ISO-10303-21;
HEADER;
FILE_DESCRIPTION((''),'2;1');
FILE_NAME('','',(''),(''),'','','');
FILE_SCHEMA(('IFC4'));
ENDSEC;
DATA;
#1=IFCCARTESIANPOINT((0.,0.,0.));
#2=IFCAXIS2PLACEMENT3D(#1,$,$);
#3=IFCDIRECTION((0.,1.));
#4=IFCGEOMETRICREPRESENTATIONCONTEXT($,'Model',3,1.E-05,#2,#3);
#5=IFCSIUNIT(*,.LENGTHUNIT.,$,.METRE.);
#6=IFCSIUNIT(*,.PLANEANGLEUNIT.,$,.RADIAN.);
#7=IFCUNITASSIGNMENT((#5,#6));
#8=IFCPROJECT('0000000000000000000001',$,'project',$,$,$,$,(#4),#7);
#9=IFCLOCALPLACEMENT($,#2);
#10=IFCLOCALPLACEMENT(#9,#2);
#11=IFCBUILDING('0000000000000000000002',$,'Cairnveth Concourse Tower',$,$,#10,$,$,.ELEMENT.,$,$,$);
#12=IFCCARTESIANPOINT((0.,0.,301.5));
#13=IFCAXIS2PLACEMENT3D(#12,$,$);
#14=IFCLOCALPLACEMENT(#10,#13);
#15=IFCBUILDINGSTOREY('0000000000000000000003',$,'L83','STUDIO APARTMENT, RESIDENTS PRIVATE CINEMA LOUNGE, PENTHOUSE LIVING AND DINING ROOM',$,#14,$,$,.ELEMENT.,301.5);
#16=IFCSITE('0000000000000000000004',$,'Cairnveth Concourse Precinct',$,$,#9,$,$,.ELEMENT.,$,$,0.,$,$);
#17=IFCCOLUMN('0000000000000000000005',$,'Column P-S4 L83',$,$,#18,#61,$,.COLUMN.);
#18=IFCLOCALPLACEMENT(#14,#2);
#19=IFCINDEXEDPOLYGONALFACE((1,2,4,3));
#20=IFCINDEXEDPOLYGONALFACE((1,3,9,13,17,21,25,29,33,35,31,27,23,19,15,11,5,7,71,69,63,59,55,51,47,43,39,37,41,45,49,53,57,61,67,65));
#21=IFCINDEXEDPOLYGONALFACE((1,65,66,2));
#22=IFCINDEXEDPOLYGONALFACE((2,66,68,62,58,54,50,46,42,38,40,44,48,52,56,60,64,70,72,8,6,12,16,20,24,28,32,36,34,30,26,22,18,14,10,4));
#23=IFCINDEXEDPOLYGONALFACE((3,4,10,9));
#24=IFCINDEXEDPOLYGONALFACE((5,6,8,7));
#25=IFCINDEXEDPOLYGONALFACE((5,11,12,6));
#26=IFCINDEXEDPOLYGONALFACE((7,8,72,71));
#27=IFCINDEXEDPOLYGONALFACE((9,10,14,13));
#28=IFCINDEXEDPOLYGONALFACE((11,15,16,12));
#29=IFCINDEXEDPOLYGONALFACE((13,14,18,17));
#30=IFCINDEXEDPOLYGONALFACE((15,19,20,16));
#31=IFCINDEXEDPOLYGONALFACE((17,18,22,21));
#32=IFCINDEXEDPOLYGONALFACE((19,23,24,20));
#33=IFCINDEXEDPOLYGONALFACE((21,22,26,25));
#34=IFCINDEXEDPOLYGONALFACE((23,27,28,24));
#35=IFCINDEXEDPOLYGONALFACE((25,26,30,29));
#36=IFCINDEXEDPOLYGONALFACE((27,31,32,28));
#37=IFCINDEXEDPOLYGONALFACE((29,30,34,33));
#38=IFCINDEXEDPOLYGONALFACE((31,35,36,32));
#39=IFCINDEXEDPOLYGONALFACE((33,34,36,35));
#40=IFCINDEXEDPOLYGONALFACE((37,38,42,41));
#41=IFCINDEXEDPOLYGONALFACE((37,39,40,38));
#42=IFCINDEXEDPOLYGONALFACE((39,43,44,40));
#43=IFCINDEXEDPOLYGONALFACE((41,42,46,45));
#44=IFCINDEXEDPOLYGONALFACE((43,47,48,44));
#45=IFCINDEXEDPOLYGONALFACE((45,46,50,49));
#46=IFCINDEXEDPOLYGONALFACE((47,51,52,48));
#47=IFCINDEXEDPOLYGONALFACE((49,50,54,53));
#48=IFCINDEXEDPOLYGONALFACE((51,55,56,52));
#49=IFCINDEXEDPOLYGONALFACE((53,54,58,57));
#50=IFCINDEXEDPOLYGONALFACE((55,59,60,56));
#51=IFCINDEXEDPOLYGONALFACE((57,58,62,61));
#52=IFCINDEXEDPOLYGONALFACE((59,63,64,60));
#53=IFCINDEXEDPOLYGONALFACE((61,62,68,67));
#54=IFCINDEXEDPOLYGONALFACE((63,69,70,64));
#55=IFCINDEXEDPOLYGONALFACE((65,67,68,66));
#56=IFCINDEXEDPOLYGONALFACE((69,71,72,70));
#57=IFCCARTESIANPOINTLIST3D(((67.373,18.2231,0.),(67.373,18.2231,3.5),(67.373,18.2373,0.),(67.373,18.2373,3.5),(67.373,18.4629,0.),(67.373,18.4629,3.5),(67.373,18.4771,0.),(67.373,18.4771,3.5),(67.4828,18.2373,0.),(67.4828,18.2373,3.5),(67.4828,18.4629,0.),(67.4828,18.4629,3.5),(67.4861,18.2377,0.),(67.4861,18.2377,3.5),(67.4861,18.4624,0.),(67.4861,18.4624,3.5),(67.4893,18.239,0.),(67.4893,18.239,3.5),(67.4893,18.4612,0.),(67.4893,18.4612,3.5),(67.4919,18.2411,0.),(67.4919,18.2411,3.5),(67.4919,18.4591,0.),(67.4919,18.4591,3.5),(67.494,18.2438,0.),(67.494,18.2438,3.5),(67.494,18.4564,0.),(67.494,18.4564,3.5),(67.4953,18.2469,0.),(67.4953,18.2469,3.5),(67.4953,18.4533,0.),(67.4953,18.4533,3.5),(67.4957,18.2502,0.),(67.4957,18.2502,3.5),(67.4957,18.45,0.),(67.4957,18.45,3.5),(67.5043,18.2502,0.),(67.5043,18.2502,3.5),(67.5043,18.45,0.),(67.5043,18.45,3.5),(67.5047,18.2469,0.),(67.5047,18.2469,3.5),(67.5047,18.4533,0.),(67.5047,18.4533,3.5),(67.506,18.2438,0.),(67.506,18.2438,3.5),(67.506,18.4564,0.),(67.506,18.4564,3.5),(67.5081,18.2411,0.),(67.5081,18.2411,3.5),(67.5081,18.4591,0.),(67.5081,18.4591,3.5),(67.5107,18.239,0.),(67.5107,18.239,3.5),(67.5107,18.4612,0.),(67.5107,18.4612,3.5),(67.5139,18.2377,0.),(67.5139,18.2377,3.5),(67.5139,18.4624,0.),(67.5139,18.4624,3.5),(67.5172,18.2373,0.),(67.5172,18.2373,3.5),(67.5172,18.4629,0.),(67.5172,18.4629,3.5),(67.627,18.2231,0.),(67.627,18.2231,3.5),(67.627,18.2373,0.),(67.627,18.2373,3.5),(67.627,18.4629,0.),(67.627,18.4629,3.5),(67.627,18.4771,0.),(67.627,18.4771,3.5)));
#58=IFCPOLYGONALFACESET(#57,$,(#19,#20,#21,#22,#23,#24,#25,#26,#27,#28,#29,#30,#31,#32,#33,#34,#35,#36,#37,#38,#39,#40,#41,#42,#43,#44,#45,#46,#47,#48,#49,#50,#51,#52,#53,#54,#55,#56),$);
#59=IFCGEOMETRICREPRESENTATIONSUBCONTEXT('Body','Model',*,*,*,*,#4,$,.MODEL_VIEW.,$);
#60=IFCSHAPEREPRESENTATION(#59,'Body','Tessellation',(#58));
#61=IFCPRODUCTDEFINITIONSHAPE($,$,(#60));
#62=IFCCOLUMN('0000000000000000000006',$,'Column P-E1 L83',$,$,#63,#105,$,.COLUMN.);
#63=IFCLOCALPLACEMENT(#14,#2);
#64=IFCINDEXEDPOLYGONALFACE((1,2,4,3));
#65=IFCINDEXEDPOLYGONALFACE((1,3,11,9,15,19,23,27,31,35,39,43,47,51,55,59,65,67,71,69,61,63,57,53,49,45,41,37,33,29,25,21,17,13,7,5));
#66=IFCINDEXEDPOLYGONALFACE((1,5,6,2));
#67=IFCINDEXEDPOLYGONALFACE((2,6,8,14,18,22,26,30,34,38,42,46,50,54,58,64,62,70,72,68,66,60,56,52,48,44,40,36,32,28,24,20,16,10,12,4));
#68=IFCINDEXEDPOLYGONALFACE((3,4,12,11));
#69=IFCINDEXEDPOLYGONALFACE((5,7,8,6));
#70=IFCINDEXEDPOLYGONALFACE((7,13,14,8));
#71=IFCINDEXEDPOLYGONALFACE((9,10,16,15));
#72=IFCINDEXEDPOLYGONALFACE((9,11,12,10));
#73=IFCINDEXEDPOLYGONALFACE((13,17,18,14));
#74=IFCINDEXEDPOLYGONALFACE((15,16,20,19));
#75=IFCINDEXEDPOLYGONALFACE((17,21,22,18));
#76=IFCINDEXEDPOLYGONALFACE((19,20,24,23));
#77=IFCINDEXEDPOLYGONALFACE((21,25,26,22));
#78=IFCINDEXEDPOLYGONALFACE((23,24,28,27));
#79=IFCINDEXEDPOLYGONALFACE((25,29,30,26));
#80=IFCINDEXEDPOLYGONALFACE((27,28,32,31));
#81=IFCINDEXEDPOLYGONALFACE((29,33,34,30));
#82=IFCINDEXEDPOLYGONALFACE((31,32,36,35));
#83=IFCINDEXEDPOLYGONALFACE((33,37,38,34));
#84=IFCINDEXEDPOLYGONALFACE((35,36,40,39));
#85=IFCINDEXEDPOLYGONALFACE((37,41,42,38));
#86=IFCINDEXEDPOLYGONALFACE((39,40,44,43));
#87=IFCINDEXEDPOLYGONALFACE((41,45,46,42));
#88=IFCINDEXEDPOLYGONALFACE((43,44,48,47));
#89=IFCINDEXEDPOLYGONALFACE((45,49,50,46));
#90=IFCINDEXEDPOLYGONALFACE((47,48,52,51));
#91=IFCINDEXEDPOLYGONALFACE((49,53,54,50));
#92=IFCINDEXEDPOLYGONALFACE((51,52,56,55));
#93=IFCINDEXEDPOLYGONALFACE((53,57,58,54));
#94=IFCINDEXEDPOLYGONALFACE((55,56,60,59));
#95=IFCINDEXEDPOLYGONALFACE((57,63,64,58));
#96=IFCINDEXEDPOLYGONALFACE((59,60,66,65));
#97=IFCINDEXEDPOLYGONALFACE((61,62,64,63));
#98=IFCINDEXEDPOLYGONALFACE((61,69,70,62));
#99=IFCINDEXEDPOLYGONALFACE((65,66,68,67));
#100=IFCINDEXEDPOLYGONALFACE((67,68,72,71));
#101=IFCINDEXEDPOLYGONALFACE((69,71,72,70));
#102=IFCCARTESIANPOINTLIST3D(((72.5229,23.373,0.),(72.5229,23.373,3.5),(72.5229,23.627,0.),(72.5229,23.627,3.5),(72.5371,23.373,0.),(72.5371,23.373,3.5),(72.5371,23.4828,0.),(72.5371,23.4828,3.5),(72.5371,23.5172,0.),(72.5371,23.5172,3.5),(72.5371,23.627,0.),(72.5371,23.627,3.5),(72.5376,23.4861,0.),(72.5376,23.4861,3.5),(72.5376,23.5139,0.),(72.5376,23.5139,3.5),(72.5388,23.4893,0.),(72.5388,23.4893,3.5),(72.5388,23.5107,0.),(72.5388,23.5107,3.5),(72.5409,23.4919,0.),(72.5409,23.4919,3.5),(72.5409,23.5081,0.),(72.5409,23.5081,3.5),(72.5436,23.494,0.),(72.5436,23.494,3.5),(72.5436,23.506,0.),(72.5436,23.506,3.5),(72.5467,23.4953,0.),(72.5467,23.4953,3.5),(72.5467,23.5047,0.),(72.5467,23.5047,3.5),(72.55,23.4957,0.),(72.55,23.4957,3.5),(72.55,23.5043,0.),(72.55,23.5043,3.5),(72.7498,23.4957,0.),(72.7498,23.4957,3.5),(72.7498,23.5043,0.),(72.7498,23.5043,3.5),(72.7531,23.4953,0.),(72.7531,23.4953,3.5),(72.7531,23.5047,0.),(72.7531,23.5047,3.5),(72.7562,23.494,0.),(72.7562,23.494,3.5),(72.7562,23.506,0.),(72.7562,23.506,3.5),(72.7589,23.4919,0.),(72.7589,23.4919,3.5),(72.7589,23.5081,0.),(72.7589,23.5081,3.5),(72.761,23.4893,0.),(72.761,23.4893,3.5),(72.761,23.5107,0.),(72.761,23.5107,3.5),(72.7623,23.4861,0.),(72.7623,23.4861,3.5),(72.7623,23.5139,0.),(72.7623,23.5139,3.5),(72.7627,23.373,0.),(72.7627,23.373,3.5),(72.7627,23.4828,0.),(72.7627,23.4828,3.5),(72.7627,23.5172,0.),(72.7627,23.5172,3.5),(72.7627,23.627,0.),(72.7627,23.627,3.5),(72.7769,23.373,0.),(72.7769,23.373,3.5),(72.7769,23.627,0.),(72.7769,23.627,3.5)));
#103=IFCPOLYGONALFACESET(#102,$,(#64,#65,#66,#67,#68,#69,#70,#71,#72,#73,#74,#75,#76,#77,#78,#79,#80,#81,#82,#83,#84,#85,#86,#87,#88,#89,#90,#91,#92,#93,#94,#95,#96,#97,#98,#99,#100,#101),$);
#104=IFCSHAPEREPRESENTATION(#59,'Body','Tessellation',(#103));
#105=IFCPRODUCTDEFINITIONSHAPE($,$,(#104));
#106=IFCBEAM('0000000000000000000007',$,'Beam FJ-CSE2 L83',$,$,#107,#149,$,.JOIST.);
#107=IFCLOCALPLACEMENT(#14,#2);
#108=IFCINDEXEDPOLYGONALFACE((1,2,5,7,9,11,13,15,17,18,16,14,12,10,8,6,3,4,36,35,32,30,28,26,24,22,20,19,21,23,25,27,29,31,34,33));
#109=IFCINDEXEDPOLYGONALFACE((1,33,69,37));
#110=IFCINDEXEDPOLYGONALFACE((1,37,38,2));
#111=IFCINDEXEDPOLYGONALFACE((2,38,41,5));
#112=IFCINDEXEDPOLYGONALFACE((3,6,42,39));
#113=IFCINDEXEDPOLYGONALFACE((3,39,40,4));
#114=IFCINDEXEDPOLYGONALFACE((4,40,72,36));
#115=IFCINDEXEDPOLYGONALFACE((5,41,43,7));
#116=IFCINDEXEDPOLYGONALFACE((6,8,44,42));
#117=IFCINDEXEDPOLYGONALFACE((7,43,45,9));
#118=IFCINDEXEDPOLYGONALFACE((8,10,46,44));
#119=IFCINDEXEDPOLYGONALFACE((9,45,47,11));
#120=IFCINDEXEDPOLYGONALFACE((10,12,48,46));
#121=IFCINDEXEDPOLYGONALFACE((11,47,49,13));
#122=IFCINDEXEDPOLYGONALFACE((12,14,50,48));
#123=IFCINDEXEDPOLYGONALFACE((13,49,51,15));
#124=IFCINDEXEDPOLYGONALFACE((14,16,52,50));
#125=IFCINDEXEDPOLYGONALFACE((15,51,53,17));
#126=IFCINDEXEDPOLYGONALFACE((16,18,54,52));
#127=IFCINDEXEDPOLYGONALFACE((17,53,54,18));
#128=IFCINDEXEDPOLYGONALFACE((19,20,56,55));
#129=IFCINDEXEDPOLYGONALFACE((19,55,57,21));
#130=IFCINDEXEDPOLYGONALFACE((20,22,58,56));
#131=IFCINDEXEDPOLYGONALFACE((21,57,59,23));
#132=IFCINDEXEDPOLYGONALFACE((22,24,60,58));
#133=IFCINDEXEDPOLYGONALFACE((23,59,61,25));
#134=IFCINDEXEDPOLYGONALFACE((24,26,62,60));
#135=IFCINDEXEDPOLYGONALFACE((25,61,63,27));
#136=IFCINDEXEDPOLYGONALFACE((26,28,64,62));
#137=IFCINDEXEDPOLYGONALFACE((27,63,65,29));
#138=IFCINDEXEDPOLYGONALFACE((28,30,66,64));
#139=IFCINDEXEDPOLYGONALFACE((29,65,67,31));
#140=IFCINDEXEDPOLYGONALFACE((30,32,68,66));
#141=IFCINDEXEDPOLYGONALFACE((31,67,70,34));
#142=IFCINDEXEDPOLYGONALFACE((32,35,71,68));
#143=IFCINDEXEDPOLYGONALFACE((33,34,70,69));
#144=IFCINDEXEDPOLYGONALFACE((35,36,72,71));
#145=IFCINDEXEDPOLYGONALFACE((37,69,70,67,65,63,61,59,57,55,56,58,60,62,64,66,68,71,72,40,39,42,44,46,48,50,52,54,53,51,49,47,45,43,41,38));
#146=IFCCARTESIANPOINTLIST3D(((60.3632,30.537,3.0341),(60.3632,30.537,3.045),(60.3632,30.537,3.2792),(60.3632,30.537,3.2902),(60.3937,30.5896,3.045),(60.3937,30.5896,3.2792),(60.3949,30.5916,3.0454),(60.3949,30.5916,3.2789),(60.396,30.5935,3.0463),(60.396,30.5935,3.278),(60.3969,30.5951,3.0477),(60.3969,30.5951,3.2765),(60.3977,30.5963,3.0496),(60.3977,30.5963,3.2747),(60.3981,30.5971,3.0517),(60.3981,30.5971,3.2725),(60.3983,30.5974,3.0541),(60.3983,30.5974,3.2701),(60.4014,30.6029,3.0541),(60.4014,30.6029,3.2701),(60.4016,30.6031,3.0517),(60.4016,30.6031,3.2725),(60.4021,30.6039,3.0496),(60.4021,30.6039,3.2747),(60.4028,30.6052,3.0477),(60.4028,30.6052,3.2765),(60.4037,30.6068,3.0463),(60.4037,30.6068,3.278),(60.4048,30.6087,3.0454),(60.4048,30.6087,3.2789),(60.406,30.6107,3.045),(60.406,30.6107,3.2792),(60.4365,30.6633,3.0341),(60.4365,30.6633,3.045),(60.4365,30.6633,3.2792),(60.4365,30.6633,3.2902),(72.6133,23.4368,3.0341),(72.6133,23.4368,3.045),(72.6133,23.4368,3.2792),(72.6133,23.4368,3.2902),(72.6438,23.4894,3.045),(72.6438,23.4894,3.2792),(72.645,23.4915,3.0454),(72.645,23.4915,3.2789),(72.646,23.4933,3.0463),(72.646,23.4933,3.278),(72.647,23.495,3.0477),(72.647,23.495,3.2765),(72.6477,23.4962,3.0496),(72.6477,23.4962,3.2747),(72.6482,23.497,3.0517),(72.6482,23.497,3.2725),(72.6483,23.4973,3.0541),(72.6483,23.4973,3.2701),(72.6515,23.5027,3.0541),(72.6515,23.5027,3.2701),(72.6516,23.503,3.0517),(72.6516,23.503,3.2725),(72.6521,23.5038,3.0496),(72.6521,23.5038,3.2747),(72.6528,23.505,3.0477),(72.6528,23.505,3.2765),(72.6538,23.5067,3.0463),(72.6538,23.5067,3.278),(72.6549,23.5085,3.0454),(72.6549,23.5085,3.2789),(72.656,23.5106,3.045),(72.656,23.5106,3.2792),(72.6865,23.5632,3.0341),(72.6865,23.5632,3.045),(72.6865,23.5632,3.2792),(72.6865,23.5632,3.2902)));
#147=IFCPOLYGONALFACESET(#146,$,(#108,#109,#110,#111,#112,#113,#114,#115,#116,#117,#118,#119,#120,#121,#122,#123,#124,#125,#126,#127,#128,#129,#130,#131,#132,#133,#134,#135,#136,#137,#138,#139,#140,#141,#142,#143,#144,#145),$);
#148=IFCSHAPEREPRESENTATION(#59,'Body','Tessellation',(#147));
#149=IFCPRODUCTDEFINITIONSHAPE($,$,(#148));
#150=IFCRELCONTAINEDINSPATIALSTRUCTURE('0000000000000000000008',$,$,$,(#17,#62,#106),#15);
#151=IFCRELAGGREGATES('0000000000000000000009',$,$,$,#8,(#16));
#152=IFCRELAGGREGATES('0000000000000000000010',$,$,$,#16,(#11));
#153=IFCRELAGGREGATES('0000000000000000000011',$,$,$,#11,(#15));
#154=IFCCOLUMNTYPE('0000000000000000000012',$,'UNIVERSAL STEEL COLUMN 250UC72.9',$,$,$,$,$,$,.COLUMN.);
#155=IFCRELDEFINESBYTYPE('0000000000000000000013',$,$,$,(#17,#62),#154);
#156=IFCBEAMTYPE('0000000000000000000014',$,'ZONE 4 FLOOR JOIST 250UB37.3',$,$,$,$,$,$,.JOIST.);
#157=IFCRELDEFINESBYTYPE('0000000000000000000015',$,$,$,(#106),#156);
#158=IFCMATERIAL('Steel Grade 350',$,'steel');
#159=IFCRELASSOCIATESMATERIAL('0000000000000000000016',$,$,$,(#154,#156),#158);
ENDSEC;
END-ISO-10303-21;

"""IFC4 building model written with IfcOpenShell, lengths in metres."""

from ifc_helpers import new_model, si_unit, direction, frame, origin, origin_2d, place, context, subcontext, project, spatial, i_section, extrude, material, material_profile, profile_set, type_object, element, save


model = new_model("IFC4")

# Units and contexts
model_context = context("Model", 3, precision=1e-05, world=origin(), true_north=direction((0.0, 1.0)))
body_context = subcontext(model_context, "Body", "Model", "MODEL_VIEW")
ifc_project = project(units=[si_unit("LENGTHUNIT", "METRE"), si_unit("PLANEANGLEUNIT", "RADIAN")], contexts=[model_context])

# Site, building, storey
site_placement = place(None, origin())
site = spatial("IfcSite", under=ifc_project, at=site_placement, Name="Cairnveth Concourse Precinct", CompositionType="ELEMENT", RefElevation=0.0)
building_placement = place(site_placement, origin())
building = spatial("IfcBuilding", under=site, at=building_placement, Name="Cairnveth Concourse Tower", CompositionType="ELEMENT")
storey_placement = place(building_placement, frame((0.0, 0.0, 301.5)))
storey = spatial("IfcBuildingStorey", under=building, at=storey_placement, Name="L83", Description="STUDIO APARTMENT, RESIDENTS PRIVATE CINEMA LOUNGE, PENTHOUSE LIVING AND DINING ROOM", CompositionType="ELEMENT", Elevation=301.5)

# Columns
ifc_material_1 = material(Name="Steel Grade 350", Category="steel")
ifc_material_profile_1 = material_profile(ifc_material_1, i_section(OverallWidth=0.2539, OverallDepth=0.2539, WebThickness=0.0085, FlangeThickness=0.0142, FilletRadius=0.0129, at=origin_2d()), Name="250UC72.9")
ifc_profile_set_1 = profile_set([ifc_material_profile_1], Name="Steel Grade 350")
column_type = type_object("IfcColumnType", Name="UNIVERSAL STEEL COLUMN 250UC72.9", PredefinedType="COLUMN", material=ifc_profile_set_1)
for number, where, z_axis, x_axis, name in (
    (1, (67.5, 18.3501, 0.0), (0.0, 0.0, 1.0), (1.0, 0.0, 0.0), "Column P-S4 L83"),
    (2, (72.6499, 23.5, 0.0), (0.0, 0.0, 1.0), (0.0, 1.0, 0.0), "Column P-E1 L83"),
):
    element("IfcColumn", number, at=place(storey_placement, frame(where, z_axis=z_axis, x_axis=x_axis)), inside=storey, type_object=column_type, Name=name, PredefinedType="COLUMN", context=body_context, shape_type="SweptSolid", body=[
        extrude(i_section(OverallWidth=0.2539, OverallDepth=0.2539, WebThickness=0.0085, FlangeThickness=0.0142, FilletRadius=0.0129, at=origin_2d()), origin(), (0.0, 0.0, 1.0), 3.5),
    ])

# Beam
ifc_material_profile_2 = material_profile(ifc_material_1, i_section(OverallWidth=0.146, OverallDepth=0.2561, WebThickness=0.0063, FlangeThickness=0.011, FilletRadius=0.009, at=origin_2d()), Name="250UB37.3")
ifc_profile_set_2 = profile_set([ifc_material_profile_2], Name="Steel Grade 350")
beam_type_1 = type_object("IfcBeamType", Name="ZONE 4 FLOOR JOIST 250UB37.3", PredefinedType="JOIST", material=ifc_profile_set_2)
beam_1_placement = place(storey_placement, frame((72.6499, 23.5, 3.1621), z_axis=(-0.865181, 0.501459, 0.0), x_axis=(-0.501459, -0.865181, 0.0)))
element("IfcBeam", 3, at=beam_1_placement, inside=storey, type_object=beam_type_1, Name="Beam FJ-CSE2 L83", PredefinedType="JOIST", context=body_context, shape_type="SweptSolid", body=[
    extrude(i_section(OverallWidth=0.146, OverallDepth=0.2561, WebThickness=0.0063, FlangeThickness=0.011, FilletRadius=0.009, at=origin_2d()), origin(), (0.0, 0.0, 1.0), 14.1589),
])

save(model, "model.ifc")
